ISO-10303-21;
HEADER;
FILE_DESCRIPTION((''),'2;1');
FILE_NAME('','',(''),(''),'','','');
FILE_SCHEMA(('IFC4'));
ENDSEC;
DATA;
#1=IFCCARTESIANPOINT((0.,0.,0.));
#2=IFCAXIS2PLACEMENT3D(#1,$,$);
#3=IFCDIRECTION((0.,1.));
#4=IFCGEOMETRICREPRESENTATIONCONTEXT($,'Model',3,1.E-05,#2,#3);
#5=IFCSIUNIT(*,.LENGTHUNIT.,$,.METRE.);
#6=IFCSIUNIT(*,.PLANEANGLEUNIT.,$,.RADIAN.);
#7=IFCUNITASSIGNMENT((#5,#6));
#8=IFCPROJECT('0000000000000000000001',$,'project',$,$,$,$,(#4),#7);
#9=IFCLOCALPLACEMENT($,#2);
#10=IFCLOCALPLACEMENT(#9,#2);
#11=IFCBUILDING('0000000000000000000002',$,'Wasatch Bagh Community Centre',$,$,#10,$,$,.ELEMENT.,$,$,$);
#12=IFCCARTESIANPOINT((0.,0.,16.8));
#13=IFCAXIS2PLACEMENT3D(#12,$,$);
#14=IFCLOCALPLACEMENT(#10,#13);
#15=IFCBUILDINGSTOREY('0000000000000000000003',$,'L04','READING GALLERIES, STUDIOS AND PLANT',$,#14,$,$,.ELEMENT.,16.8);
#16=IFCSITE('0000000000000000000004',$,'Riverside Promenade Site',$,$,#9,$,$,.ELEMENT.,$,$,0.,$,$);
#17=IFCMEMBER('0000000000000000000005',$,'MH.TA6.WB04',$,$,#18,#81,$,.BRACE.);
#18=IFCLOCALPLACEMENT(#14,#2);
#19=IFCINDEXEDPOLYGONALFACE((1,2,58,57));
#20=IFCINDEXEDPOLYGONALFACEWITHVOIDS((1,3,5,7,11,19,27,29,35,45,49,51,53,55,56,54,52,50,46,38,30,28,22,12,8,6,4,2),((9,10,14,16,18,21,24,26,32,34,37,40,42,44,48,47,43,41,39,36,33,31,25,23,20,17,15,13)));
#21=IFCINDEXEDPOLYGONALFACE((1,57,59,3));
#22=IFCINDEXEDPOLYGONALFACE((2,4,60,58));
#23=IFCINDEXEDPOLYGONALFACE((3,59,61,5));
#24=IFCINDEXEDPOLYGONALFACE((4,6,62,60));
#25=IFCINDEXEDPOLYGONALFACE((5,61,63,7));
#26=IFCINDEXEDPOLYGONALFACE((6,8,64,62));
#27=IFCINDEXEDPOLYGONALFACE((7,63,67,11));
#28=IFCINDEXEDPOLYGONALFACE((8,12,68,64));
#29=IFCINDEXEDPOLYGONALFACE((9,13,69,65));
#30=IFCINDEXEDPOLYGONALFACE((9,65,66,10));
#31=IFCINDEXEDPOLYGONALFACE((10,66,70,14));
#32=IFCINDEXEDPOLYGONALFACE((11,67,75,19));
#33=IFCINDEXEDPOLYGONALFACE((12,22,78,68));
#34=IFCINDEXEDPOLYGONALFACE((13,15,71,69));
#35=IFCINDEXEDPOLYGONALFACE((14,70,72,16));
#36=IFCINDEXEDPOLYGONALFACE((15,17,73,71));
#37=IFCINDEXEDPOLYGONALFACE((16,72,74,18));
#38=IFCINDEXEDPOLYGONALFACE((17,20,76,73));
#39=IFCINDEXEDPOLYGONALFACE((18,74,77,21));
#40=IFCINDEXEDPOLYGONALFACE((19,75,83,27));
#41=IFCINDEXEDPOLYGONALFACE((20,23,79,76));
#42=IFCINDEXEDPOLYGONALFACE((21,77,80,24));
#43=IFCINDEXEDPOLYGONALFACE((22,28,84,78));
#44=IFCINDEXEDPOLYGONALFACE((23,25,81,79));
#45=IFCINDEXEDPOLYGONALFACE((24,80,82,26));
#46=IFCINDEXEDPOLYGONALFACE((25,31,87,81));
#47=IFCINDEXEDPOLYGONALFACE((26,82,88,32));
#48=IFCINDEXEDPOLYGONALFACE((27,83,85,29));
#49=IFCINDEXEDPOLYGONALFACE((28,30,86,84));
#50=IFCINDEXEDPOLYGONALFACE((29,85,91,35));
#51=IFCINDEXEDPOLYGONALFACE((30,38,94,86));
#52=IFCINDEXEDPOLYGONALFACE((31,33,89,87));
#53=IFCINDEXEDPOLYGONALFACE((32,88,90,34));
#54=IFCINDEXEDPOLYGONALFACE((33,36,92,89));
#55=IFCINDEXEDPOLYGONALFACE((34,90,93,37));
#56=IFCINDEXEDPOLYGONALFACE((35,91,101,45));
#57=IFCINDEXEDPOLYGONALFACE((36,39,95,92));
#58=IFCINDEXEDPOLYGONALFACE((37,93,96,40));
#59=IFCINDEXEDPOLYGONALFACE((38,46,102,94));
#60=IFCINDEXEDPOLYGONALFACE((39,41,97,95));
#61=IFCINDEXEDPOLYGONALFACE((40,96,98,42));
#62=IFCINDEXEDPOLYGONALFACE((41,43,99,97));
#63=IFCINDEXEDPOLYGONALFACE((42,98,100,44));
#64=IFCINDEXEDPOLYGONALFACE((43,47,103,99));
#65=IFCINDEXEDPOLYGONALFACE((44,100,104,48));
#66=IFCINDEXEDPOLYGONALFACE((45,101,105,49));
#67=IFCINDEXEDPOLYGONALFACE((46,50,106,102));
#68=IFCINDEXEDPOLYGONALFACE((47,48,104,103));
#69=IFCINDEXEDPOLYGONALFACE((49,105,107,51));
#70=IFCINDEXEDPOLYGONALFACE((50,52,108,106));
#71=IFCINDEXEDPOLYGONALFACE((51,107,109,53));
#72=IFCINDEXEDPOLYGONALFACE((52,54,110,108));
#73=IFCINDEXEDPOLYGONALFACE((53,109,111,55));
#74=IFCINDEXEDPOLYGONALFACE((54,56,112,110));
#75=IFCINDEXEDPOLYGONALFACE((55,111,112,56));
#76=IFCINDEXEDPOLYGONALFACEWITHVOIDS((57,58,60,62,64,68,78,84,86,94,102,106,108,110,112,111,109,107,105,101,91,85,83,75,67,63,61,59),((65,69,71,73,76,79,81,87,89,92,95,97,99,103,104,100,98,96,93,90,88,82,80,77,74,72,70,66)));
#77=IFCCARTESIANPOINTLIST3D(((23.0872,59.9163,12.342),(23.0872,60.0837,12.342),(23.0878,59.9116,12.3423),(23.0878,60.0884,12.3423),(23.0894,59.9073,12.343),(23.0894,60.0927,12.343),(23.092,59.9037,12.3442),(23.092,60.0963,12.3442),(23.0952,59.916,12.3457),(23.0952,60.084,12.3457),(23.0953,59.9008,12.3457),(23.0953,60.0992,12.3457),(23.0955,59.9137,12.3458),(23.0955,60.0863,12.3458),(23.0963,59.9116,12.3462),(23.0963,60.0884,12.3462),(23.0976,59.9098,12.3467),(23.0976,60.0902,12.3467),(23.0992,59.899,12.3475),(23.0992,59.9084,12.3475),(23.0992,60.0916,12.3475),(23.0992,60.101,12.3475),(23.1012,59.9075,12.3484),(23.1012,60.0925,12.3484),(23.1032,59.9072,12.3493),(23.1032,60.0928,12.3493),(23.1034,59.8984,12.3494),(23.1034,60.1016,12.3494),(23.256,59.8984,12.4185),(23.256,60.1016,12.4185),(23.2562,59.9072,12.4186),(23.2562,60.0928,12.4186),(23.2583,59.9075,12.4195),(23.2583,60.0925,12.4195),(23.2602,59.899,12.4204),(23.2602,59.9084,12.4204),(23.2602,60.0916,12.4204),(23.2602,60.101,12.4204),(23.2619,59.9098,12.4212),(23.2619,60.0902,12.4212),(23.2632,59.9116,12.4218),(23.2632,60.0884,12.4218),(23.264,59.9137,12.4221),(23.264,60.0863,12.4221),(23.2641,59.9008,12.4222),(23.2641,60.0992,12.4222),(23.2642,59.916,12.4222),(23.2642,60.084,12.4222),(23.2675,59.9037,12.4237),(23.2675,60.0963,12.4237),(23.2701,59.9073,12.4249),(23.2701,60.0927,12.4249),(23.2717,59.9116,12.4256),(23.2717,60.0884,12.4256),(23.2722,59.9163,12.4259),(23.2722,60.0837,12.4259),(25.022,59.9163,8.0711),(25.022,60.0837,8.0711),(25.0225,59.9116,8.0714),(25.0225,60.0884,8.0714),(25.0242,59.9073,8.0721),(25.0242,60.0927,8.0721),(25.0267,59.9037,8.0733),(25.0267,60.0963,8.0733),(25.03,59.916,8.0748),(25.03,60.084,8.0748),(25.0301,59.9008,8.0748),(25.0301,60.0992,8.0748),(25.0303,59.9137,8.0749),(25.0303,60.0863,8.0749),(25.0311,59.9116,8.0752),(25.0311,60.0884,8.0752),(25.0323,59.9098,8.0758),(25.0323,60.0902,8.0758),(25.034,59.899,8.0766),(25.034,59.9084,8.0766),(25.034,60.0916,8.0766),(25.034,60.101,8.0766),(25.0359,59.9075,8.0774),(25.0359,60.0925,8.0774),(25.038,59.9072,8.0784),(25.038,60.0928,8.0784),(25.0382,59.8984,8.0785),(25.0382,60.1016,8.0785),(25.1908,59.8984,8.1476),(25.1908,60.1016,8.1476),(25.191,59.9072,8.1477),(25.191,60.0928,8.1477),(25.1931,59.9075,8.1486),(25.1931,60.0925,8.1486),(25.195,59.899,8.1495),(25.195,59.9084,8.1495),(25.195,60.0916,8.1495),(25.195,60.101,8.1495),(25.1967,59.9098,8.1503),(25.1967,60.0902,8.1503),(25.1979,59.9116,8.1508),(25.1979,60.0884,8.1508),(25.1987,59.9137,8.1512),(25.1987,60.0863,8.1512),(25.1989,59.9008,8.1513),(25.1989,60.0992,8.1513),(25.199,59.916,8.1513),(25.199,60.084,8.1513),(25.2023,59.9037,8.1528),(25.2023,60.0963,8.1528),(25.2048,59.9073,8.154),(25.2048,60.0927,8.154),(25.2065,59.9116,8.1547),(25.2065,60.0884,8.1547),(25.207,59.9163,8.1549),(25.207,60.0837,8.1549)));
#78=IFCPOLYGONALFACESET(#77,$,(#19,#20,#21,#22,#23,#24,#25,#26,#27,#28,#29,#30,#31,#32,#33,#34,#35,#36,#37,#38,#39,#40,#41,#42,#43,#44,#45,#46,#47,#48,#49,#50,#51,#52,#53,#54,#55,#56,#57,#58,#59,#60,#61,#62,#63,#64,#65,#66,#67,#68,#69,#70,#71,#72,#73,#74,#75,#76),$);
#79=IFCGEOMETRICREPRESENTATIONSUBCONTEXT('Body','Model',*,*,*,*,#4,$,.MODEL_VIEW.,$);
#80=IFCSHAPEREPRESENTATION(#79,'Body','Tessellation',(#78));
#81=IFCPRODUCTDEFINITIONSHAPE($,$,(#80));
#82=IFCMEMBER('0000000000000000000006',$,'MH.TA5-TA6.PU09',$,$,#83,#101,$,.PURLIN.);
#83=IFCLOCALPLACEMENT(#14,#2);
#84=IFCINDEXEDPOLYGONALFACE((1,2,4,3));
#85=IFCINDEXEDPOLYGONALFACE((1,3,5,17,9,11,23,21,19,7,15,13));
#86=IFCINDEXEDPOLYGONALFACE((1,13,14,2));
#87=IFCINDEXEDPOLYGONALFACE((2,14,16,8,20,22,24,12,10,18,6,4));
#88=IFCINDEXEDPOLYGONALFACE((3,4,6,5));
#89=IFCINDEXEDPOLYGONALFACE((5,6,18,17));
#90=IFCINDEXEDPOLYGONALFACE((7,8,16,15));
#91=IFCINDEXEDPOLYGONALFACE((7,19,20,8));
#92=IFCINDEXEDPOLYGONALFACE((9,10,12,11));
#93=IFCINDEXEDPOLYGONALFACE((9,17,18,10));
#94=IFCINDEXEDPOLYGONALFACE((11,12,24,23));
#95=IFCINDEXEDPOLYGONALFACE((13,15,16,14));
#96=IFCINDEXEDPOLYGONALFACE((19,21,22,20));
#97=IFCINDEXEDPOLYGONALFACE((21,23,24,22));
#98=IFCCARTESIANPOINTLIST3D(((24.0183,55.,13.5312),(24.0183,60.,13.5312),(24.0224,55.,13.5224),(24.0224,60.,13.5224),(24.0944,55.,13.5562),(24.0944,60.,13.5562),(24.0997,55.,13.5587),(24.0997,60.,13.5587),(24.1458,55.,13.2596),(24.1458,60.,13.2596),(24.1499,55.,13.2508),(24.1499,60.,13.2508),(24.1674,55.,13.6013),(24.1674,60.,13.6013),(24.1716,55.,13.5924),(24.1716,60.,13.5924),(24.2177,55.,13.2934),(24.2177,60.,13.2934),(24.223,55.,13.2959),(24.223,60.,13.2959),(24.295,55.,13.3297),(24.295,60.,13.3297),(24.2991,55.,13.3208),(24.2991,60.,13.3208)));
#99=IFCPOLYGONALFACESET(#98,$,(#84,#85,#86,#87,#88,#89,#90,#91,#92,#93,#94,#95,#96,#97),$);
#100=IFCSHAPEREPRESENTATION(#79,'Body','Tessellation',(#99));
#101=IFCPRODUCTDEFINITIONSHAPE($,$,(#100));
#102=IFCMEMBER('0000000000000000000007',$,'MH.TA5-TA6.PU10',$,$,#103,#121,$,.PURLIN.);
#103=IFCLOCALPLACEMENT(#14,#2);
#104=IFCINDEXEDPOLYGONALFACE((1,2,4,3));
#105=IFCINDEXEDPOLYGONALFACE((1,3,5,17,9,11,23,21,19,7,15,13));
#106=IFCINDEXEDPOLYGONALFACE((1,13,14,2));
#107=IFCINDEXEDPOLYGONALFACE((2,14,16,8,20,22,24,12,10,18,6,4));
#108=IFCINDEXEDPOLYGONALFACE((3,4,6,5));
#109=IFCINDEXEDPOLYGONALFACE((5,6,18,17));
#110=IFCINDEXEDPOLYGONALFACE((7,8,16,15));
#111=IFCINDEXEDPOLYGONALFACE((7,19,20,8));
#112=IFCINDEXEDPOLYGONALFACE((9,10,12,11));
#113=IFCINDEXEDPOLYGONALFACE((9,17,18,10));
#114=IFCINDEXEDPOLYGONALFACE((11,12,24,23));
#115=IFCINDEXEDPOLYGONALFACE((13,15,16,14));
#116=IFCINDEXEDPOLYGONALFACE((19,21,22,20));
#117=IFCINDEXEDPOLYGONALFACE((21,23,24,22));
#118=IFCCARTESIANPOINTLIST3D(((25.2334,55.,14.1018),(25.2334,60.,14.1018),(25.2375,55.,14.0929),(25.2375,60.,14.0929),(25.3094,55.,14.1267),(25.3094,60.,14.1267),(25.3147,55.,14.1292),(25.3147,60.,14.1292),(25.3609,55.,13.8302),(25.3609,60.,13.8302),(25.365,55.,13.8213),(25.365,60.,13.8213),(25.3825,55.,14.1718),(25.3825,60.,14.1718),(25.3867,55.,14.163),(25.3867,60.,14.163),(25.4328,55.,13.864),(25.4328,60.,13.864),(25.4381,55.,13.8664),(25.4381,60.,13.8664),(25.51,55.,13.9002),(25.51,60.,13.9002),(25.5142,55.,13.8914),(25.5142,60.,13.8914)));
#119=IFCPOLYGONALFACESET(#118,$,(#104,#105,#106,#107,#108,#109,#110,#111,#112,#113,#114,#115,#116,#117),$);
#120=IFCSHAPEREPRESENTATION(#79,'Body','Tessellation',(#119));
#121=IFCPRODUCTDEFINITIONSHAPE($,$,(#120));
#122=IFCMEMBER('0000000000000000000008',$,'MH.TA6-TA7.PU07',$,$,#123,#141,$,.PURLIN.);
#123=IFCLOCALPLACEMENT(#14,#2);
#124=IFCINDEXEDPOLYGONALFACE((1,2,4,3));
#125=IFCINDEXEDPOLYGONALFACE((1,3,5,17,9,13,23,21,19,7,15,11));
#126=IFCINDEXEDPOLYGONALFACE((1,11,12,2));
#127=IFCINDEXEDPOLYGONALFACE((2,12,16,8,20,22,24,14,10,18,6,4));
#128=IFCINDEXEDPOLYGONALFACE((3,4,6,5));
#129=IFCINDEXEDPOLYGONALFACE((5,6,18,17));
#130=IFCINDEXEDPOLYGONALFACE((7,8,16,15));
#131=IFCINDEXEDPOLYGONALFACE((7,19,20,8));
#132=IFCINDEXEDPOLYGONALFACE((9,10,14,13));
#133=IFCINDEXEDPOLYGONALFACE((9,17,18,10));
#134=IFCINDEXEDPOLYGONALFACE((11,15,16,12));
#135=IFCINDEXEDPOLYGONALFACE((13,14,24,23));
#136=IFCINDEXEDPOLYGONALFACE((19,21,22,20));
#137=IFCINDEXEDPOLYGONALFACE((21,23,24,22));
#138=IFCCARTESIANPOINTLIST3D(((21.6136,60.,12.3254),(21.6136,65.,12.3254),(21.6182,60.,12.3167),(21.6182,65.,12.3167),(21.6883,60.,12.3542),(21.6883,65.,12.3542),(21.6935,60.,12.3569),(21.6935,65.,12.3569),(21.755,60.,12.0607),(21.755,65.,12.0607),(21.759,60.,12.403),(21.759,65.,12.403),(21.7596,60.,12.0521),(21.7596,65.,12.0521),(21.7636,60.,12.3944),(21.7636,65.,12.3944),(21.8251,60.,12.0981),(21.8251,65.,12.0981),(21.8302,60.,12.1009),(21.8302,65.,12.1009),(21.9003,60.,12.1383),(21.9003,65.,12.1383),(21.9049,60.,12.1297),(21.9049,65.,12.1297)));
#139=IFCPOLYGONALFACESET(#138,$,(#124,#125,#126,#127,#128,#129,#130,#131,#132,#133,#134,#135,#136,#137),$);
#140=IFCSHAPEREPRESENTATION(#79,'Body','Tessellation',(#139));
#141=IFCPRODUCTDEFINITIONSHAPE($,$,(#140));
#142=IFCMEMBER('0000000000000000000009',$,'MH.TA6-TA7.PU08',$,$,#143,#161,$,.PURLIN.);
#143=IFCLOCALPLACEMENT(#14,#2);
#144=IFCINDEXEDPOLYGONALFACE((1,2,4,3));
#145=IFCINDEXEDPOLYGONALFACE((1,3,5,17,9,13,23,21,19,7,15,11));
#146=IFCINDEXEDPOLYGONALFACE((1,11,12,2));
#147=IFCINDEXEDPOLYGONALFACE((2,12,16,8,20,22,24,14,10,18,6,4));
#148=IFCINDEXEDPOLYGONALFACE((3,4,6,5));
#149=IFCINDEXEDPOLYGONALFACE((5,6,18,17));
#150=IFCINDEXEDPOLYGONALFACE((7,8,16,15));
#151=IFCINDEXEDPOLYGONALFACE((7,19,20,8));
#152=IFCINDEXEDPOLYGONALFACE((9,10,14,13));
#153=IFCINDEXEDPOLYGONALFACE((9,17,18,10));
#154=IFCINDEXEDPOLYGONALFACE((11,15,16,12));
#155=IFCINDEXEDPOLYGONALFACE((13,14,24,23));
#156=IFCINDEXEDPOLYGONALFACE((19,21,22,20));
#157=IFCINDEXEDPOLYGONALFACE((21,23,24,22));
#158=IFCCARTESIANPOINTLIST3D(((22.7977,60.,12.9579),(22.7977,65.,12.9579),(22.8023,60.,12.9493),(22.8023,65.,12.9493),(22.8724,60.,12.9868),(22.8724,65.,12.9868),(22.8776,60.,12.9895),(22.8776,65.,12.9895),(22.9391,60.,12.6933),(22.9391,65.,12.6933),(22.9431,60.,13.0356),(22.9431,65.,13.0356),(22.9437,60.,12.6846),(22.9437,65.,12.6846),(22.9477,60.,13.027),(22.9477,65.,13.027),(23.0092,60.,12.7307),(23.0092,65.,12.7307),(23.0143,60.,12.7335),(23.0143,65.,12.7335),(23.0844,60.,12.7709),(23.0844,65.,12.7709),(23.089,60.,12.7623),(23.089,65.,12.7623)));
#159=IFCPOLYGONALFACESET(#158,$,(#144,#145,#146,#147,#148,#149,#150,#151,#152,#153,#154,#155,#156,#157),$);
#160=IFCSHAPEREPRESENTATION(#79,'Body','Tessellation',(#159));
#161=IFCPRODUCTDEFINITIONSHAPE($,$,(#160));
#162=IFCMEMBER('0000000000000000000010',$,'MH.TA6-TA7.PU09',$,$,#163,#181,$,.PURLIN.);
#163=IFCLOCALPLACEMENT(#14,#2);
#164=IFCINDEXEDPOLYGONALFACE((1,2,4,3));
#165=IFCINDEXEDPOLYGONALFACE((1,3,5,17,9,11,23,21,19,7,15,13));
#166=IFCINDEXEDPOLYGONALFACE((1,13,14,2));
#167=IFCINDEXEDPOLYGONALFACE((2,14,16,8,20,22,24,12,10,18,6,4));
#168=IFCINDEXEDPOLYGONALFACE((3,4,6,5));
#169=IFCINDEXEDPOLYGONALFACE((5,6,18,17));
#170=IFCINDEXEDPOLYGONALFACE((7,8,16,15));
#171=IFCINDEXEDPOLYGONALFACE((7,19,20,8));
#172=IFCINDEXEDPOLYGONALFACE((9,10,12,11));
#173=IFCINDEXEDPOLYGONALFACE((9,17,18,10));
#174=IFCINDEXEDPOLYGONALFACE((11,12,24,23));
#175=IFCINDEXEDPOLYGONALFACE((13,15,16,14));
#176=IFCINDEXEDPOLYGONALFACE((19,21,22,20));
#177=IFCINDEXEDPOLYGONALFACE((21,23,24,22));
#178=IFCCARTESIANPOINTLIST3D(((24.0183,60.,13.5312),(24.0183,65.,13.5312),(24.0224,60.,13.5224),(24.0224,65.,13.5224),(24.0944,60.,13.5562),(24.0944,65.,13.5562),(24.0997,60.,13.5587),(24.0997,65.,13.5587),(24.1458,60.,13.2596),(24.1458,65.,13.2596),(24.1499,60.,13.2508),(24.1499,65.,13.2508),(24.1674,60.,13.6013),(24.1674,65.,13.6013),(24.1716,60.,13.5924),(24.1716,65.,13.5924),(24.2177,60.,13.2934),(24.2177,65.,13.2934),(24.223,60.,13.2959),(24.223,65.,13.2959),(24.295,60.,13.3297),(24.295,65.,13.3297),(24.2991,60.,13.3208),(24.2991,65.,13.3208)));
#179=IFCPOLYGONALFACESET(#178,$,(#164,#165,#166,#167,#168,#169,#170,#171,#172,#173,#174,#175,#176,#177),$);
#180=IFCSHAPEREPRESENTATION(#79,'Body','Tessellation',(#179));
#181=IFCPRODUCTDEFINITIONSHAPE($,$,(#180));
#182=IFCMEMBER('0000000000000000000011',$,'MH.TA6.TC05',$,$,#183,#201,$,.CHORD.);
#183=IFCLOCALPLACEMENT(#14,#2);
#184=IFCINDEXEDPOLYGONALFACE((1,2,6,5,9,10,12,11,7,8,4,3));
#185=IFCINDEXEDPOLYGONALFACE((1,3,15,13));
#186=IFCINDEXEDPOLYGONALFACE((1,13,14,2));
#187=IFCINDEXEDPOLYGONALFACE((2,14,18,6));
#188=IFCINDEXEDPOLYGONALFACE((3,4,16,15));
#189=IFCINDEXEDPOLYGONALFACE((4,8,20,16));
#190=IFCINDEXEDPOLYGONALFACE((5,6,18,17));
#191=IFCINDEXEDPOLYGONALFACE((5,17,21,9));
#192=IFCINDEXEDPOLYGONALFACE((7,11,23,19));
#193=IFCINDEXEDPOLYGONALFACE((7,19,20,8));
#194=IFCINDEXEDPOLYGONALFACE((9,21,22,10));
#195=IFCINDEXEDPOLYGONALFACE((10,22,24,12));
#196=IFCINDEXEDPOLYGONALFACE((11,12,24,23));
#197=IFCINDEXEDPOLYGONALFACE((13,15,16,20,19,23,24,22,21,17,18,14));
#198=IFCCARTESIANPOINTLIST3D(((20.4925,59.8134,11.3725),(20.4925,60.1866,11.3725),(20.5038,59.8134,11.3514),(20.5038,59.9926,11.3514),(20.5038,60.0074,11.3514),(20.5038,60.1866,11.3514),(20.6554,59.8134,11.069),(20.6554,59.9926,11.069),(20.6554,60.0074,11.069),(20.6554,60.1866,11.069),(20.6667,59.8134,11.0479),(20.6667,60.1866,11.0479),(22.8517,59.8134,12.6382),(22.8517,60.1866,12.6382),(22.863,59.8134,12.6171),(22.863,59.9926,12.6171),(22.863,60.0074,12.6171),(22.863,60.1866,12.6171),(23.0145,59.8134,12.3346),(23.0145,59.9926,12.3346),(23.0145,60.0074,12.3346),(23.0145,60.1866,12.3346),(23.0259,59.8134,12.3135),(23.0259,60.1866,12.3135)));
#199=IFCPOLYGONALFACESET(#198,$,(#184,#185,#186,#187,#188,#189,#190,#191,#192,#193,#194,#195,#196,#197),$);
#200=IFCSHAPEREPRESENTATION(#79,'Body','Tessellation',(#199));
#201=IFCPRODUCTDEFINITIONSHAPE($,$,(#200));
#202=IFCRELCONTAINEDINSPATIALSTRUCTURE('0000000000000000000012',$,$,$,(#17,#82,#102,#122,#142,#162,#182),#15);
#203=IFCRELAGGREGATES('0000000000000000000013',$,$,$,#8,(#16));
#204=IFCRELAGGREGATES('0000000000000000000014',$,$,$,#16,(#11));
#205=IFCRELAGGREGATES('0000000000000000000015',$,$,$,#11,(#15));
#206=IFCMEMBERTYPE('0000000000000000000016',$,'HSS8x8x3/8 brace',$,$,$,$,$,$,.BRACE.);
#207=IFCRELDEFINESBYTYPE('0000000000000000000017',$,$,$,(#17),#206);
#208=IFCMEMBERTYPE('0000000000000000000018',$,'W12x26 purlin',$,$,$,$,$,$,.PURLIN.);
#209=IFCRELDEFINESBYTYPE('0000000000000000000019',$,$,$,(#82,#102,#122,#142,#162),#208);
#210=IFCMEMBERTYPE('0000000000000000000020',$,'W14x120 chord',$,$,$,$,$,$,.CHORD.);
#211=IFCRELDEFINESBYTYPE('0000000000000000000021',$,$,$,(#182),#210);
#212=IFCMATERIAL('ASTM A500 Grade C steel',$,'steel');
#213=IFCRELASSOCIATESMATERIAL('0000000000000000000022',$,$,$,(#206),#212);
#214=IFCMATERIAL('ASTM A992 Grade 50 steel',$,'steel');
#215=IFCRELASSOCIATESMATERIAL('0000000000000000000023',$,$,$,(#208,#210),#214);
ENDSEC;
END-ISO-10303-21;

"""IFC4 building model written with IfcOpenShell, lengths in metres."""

from ifc_helpers import new_model, si_unit, direction, frame, origin, origin_2d, place, context, subcontext, project, spatial, hollow_rectangle, i_section, extrude, material, material_profile, profile_set, type_object, element, save


model = new_model("IFC4")

# Units and contexts
model_context = context("Model", 3, precision=1e-05, world=origin(), true_north=direction((0.0, 1.0)))
body_context = subcontext(model_context, "Body", "Model", "MODEL_VIEW")
ifc_project = project(units=[si_unit("LENGTHUNIT", "METRE"), si_unit("PLANEANGLEUNIT", "RADIAN")], contexts=[model_context])

# Site, building, storey
site_placement = place(None, origin())
site = spatial("IfcSite", under=ifc_project, at=site_placement, Name="Riverside Promenade Site", CompositionType="ELEMENT", RefElevation=0.0)
building_placement = place(site_placement, origin())
building = spatial("IfcBuilding", under=site, at=building_placement, Name="Wasatch Bagh Community Centre", CompositionType="ELEMENT")
storey_placement = place(building_placement, frame((0.0, 0.0, 16.8)))
storey = spatial("IfcBuildingStorey", under=building, at=storey_placement, Name="L04", Description="READING GALLERIES, STUDIOS AND PLANT", CompositionType="ELEMENT", Elevation=16.8)

# Members
ifc_material_1 = material(Name="ASTM A500 Grade C steel", Category="steel")
ifc_material_profile_1 = material_profile(ifc_material_1, hollow_rectangle(XDim=0.2031, YDim=0.2031, WallThickness=0.0088, InnerFilletRadius=0.0088, OuterFilletRadius=0.0178, at=origin_2d()), Name="HSS8x8x3/8")
ifc_profile_set_1 = profile_set([ifc_material_profile_1], Name="ASTM A500 Grade C steel")
member_type_1 = type_object("IfcMemberType", Name="HSS8x8x3/8 brace", PredefinedType="BRACE", material=ifc_profile_set_1)
member_1_placement = place(storey_placement, frame((25.1145, 60.0, 8.113), z_axis=(-0.412645, 0.0, 0.910892), x_axis=(0.0, -1.0, 0.0)))
element("IfcMember", 1, at=member_1_placement, inside=storey, type_object=member_type_1, Name="MH.TA6.WB04", PredefinedType="BRACE", context=body_context, shape_type="SweptSolid", body=[
    extrude(hollow_rectangle(XDim=0.2031, YDim=0.2031, WallThickness=0.0088, InnerFilletRadius=0.0088, OuterFilletRadius=0.0178, at=origin_2d()), origin(), (0.0, 0.0, 1.0), 4.6887),
])
ifc_material_2 = material(Name="ASTM A992 Grade 50 steel", Category="steel")
ifc_material_profile_2 = material_profile(ifc_material_2, i_section(OverallWidth=0.1648, OverallDepth=0.3098, WebThickness=0.0059, FlangeThickness=0.0098, at=origin_2d()), Name="W12x26")
ifc_profile_set_2 = profile_set([ifc_material_profile_2], Name="ASTM A992 Grade 50 steel")
member_type_2 = type_object("IfcMemberType", Name="W12x26 purlin", PredefinedType="PURLIN", material=ifc_profile_set_2)
for number, where, z_axis, x_axis, name in (
    (2, (24.1587, 55.0, 13.426), (0.0, 1.0, 0.0), (-0.905205, 0.0, -0.424976), "MH.TA5-TA6.PU09"),
    (3, (25.3738, 55.0, 13.9966), (0.0, 1.0, 0.0), (-0.905205, 0.0, -0.424976), "MH.TA5-TA6.PU10"),
    (4, (21.7593, 60.0, 12.2275), (0.0, 1.0, 0.0), (-0.882062, 0.0, -0.471133), "MH.TA6-TA7.PU07"),
    (5, (22.9434, 60.0, 12.8601), (0.0, 1.0, 0.0), (-0.882062, 0.0, -0.471133), "MH.TA6-TA7.PU08"),
    (6, (24.1587, 60.0, 13.426), (0.0, 1.0, 0.0), (-0.905205, 0.0, -0.424976), "MH.TA6-TA7.PU09"),
):
    element("IfcMember", number, at=place(storey_placement, frame(where, z_axis=z_axis, x_axis=x_axis)), inside=storey, type_object=member_type_2, Name=name, PredefinedType="PURLIN", context=body_context, shape_type="SweptSolid", body=[
        extrude(i_section(OverallWidth=0.1648, OverallDepth=0.3098, WebThickness=0.0059, FlangeThickness=0.0098, at=origin_2d()), origin(), (0.0, 0.0, 1.0), 5.0),
    ])
ifc_material_profile_3 = material_profile(ifc_material_2, i_section(OverallWidth=0.3733, OverallDepth=0.3684, WebThickness=0.0149, FlangeThickness=0.0239, at=origin_2d()), Name="W14x120")
ifc_profile_set_3 = profile_set([ifc_material_profile_3], Name="ASTM A992 Grade 50 steel")
member_type_3 = type_object("IfcMemberType", Name="W14x120 chord", PredefinedType="CHORD", material=ifc_profile_set_3)
member_2_placement = place(storey_placement, frame((20.5796, 60.0, 11.2102), z_axis=(0.881199, 0.0, 0.472745), x_axis=(0.0, 1.0, 0.0)))
element("IfcMember", 7, at=member_2_placement, inside=storey, type_object=member_type_3, Name="MH.TA6.TC05", PredefinedType="CHORD", context=body_context, shape_type="SweptSolid", body=[
    extrude(i_section(OverallWidth=0.3733, OverallDepth=0.3684, WebThickness=0.0149, FlangeThickness=0.0239, at=origin_2d()), origin(), (0.0, 0.0, 1.0), 2.6772),
])

save(model, "model.ifc")
